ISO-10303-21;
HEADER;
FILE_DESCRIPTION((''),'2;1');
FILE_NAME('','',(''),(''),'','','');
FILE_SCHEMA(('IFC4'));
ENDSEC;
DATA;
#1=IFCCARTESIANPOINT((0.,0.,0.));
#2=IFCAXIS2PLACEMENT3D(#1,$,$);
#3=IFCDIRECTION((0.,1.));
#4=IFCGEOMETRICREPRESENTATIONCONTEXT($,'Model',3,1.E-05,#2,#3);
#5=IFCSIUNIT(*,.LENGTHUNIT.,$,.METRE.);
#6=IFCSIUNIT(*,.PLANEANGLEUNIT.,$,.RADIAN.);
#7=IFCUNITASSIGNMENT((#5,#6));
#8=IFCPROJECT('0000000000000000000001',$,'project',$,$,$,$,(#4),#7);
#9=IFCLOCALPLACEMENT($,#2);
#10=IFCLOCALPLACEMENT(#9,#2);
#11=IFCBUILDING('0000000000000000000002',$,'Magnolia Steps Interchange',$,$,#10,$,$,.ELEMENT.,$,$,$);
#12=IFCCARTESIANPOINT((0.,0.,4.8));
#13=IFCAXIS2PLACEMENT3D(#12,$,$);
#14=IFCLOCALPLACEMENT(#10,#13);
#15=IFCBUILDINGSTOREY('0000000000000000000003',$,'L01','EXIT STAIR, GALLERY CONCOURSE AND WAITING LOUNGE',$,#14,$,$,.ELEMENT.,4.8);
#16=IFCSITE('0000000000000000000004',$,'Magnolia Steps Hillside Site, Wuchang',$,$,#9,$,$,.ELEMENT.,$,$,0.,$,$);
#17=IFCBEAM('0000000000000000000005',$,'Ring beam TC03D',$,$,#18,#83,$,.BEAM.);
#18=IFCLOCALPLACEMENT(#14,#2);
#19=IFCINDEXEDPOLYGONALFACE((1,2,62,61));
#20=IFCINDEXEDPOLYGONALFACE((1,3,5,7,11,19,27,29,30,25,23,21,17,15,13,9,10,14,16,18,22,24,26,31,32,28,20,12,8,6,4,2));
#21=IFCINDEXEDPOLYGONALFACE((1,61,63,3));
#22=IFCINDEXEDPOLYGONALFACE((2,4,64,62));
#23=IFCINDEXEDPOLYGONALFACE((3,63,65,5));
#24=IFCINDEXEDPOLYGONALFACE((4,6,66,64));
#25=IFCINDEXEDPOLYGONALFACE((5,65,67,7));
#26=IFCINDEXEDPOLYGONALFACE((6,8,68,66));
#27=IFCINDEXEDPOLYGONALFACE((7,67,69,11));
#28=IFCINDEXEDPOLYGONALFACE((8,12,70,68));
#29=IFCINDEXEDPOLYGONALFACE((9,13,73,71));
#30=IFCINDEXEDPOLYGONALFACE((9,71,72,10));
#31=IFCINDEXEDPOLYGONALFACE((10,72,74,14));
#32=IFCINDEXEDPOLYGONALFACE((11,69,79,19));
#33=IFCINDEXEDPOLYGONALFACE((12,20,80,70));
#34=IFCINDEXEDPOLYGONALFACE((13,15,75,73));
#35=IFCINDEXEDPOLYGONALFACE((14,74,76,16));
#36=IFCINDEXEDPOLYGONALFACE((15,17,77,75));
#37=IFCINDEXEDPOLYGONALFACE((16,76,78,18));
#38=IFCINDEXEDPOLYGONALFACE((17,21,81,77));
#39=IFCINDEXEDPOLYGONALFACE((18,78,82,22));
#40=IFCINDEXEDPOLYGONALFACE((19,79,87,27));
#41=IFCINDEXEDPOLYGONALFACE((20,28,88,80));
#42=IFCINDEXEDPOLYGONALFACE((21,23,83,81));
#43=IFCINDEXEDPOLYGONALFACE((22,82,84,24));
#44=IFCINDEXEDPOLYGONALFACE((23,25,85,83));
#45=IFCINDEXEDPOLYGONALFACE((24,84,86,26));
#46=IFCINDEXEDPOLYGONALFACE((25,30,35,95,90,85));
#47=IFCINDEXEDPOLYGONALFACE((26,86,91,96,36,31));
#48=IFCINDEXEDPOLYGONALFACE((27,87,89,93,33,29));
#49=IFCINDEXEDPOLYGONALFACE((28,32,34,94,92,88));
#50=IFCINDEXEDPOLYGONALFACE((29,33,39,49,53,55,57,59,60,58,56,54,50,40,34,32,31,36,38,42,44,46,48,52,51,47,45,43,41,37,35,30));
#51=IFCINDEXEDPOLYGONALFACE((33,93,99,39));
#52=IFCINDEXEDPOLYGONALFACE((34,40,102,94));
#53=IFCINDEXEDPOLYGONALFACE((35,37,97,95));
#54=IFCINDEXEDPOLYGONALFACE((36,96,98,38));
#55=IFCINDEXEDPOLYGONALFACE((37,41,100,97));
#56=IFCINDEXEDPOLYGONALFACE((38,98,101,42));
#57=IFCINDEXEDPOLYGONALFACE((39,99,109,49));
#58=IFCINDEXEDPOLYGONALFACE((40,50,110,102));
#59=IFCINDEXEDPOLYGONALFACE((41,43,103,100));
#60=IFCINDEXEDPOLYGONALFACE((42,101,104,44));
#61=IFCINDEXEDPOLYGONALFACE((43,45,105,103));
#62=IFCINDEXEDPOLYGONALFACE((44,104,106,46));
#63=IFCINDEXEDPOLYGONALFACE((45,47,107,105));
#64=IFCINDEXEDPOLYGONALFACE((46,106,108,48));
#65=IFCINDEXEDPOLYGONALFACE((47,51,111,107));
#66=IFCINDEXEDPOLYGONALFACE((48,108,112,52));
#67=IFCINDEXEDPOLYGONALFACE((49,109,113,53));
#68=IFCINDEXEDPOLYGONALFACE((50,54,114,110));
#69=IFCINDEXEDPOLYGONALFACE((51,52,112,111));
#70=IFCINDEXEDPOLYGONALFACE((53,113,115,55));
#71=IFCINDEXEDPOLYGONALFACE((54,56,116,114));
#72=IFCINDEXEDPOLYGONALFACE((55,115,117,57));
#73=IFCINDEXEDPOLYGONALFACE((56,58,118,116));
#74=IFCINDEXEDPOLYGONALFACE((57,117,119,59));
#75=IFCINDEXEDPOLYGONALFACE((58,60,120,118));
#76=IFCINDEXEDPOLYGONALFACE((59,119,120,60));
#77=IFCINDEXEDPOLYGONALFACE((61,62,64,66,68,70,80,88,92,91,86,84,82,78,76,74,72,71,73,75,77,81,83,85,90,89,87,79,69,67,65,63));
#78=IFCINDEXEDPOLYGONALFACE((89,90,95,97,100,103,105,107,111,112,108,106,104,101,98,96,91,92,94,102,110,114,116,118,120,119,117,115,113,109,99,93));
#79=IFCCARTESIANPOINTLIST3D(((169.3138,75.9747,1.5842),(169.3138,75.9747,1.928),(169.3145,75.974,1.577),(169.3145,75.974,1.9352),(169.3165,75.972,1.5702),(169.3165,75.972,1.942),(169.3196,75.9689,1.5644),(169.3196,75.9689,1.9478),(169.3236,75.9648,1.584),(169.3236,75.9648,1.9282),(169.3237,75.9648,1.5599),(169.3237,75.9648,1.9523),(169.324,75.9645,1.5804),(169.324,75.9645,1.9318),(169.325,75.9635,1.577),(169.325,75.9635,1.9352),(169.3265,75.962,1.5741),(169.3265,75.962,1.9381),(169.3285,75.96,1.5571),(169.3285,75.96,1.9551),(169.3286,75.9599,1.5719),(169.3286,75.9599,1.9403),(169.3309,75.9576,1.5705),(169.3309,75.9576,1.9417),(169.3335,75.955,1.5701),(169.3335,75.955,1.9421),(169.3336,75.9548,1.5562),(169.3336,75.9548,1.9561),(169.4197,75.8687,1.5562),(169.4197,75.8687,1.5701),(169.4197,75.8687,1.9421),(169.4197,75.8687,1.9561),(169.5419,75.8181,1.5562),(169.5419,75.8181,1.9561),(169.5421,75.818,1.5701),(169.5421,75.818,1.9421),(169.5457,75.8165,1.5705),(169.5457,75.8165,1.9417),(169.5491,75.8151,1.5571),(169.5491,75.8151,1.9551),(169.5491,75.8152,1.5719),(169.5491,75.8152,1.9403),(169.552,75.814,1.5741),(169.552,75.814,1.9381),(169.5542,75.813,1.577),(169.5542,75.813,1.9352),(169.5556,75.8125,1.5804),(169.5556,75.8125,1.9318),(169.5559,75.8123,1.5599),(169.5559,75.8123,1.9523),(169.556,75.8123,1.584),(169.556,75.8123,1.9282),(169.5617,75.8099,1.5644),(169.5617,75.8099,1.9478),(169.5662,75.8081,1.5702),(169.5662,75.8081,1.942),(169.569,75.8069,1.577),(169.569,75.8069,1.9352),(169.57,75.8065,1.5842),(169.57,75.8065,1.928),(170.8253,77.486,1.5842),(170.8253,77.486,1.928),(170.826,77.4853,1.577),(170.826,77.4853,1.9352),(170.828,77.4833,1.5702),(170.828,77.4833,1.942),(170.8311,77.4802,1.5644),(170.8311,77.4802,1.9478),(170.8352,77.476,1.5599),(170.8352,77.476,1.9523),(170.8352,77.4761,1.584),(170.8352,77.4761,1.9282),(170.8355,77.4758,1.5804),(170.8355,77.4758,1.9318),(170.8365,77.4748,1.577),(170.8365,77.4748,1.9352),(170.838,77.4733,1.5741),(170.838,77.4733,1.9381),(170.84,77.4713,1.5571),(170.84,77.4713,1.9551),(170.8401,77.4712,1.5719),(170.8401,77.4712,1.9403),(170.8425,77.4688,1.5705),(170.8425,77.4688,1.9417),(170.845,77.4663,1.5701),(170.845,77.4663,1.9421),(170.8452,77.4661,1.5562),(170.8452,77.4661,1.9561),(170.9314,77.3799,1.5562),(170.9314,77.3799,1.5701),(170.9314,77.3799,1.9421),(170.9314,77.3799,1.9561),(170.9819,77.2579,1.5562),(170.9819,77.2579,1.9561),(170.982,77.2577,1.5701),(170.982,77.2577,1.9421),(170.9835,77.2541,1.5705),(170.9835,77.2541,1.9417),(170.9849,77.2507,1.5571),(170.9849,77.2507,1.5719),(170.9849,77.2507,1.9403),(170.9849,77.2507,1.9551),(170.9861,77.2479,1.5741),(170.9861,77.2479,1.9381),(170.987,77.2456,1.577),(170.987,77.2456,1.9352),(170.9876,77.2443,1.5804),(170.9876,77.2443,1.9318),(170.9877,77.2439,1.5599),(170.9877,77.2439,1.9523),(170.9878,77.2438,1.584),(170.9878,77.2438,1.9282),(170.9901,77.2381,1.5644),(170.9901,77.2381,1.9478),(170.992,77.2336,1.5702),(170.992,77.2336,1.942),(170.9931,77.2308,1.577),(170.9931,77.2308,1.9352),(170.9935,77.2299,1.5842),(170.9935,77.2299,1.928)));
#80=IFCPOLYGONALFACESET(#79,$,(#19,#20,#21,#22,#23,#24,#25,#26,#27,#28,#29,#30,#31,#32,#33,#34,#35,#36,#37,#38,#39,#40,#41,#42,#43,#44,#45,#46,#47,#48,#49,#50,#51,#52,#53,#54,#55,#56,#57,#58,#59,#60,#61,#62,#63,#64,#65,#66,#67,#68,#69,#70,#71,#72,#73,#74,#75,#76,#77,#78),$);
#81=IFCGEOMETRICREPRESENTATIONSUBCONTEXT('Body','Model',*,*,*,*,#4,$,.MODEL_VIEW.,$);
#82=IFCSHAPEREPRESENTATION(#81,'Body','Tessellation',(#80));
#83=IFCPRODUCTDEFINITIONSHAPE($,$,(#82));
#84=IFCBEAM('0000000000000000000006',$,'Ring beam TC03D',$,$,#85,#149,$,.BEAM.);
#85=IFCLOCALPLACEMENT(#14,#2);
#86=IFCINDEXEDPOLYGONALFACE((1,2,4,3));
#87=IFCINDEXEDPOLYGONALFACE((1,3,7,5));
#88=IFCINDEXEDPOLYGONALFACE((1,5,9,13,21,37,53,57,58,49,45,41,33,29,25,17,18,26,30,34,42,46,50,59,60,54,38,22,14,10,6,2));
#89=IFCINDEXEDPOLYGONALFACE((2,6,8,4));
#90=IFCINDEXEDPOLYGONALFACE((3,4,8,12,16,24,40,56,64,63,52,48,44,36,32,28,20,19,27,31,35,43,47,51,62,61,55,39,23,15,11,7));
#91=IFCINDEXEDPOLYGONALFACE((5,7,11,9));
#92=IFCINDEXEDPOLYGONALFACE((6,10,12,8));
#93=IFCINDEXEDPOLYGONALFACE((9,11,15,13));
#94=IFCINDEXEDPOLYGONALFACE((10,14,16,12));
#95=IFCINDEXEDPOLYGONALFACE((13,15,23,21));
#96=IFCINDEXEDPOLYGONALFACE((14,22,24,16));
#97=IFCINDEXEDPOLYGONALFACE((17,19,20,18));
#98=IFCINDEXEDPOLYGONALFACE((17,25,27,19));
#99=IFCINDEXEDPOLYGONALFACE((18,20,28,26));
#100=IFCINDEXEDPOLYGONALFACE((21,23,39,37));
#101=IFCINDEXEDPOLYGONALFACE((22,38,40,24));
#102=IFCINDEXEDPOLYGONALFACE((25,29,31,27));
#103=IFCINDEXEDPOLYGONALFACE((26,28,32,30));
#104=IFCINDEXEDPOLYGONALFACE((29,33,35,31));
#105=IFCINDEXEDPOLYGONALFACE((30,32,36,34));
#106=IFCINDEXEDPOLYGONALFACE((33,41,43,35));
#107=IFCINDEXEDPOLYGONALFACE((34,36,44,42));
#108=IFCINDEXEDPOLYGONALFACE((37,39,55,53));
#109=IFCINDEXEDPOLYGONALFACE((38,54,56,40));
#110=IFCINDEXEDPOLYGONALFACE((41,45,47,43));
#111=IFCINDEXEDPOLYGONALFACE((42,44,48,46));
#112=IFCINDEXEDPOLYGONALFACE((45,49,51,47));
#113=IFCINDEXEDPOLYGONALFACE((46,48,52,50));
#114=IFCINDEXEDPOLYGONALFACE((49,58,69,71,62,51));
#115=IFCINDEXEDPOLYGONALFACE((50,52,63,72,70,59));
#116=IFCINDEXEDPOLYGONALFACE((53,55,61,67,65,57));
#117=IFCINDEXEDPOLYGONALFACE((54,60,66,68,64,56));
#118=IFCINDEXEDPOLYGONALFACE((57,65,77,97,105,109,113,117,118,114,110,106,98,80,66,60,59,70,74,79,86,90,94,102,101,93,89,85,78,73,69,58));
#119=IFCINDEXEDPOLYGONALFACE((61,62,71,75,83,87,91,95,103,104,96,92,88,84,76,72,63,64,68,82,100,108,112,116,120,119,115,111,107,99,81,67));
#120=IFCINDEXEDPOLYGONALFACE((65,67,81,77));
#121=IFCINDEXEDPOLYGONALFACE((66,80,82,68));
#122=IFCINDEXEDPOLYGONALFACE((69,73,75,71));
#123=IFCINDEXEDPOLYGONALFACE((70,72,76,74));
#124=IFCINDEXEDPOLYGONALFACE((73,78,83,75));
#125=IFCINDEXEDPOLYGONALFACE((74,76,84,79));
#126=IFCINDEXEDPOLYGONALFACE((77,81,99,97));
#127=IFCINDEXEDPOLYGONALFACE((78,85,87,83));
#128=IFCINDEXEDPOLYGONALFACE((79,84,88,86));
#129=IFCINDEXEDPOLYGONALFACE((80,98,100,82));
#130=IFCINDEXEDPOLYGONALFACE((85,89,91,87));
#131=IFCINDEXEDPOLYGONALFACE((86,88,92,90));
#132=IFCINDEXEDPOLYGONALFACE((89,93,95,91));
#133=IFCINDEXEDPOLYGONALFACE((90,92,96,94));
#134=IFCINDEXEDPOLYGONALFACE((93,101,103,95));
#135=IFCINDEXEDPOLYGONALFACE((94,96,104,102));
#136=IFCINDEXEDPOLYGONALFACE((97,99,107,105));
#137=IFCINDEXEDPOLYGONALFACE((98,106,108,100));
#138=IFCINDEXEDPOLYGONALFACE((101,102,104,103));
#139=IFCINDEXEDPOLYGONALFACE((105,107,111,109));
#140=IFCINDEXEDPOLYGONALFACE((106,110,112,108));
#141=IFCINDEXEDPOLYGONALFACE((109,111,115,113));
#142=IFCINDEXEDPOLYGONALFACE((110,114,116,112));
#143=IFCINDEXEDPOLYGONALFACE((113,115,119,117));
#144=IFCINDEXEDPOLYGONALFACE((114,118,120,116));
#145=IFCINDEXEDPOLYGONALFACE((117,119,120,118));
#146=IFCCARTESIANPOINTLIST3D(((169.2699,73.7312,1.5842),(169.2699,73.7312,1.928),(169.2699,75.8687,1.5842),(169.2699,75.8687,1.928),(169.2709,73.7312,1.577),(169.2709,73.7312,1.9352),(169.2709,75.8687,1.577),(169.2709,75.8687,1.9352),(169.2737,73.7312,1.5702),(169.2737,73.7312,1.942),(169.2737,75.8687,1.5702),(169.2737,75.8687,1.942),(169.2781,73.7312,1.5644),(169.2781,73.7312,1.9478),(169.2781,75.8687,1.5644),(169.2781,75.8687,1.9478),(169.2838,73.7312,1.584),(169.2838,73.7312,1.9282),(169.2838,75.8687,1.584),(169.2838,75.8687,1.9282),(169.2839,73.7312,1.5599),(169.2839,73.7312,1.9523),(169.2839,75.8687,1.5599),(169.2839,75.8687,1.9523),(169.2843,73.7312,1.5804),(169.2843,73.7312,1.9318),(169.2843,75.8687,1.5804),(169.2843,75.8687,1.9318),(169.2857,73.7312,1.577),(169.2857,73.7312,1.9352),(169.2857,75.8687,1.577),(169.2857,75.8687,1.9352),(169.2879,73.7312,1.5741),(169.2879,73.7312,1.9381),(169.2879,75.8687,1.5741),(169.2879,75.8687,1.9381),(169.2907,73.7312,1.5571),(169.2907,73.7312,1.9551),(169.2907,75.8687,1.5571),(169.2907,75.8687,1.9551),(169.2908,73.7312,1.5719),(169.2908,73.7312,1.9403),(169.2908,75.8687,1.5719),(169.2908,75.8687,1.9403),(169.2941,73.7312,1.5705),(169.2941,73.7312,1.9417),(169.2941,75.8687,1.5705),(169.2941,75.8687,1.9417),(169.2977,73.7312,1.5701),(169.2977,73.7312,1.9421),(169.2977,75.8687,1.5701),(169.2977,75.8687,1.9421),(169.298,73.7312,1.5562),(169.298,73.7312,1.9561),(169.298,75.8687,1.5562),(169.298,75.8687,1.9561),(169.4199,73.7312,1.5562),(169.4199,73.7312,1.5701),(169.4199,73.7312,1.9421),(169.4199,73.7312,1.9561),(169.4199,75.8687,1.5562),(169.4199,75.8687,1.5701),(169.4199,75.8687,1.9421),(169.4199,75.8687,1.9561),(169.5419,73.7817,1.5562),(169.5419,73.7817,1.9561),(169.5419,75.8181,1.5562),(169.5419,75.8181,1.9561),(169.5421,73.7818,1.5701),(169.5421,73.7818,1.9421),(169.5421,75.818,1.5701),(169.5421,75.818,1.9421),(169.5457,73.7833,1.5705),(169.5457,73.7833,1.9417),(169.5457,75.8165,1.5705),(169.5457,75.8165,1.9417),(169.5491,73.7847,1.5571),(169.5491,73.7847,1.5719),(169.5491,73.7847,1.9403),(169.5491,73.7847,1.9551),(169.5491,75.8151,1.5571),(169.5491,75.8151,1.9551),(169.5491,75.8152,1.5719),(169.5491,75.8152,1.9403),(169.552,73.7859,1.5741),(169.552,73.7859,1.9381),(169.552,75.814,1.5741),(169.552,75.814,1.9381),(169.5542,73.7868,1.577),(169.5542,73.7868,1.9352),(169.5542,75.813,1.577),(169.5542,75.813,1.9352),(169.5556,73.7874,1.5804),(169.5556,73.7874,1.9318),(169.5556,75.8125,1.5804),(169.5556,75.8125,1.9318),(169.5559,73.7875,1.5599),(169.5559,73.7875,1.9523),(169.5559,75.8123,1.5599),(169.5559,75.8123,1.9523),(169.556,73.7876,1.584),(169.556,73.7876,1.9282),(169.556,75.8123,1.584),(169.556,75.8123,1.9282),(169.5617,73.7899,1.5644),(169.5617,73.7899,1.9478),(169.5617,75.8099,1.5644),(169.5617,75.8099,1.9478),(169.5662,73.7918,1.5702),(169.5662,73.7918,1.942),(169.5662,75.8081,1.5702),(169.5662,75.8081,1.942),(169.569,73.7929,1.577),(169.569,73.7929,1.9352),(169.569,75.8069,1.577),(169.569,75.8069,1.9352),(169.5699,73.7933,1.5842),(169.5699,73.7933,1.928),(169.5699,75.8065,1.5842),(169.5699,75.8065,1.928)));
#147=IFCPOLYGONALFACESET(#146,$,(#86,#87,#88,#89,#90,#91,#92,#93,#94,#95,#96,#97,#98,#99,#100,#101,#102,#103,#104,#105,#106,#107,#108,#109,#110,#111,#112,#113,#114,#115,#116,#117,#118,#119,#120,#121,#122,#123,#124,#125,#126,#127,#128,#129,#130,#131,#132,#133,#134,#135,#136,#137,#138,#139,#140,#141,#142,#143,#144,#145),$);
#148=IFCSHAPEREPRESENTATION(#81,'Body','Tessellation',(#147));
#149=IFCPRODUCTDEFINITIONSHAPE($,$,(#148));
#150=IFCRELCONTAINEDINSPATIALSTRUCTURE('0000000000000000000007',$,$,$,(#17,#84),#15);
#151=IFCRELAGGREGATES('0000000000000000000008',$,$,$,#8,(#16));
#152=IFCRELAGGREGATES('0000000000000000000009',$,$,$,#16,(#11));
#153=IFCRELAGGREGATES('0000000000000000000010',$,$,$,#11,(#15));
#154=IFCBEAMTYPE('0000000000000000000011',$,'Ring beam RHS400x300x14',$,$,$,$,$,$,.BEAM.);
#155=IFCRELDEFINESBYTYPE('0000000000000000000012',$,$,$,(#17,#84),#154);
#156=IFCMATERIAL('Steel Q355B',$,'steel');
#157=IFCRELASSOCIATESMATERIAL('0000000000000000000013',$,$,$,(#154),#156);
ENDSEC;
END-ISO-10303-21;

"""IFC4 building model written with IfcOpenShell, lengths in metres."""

from ifc_helpers import new_model, si_unit, direction, frame, origin, origin_2d, place, context, subcontext, project, spatial, hollow_rectangle, extrude, clip, halfspace, material, material_profile, profile_set, type_object, element, save


model = new_model("IFC4")

# Units and contexts
model_context = context("Model", 3, precision=1e-05, world=origin(), true_north=direction((0.0, 1.0)))
body_context = subcontext(model_context, "Body", "Model", "MODEL_VIEW")
ifc_project = project(units=[si_unit("LENGTHUNIT", "METRE"), si_unit("PLANEANGLEUNIT", "RADIAN")], contexts=[model_context])

# Site, building, storey
site_placement = place(None, origin())
site = spatial("IfcSite", under=ifc_project, at=site_placement, Name="Magnolia Steps Hillside Site, Wuchang", CompositionType="ELEMENT", RefElevation=0.0)
building_placement = place(site_placement, origin())
building = spatial("IfcBuilding", under=site, at=building_placement, Name="Magnolia Steps Interchange", CompositionType="ELEMENT")
storey_placement = place(building_placement, frame((0.0, 0.0, 4.8)))
storey = spatial("IfcBuildingStorey", under=building, at=storey_placement, Name="L01", Description="EXIT STAIR, GALLERY CONCOURSE AND WAITING LOUNGE", CompositionType="ELEMENT", Elevation=4.8)

# Beams
ifc_material_1 = material(Name="Steel Q355B", Category="steel")
ifc_material_profile_1 = material_profile(ifc_material_1, hollow_rectangle(XDim=0.3, YDim=0.3999, WallThickness=0.0139, InnerFilletRadius=0.0139, OuterFilletRadius=0.0281, at=origin_2d()), Name="RHS400x300x14")
ifc_profile_set_1 = profile_set([ifc_material_profile_1], Name="Steel Q355B")
beam_type_1 = type_object("IfcBeamType", Name="Ring beam RHS400x300x14", PredefinedType="BEAM", material=ifc_profile_set_1)
beam_1_placement = place(storey_placement, frame((170.9314, 77.3799, 1.7561), z_axis=(-0.707164, -0.70705, 0.0), x_axis=(0.70705, -0.707164, 0.0)))
element("IfcBeam", 1, at=beam_1_placement, inside=storey, type_object=beam_type_1, Name="Ring beam TC03D", PredefinedType="BEAM", context=body_context, shape_type="Clipping", body=[
    clip(clip(extrude(hollow_rectangle(XDim=0.3, YDim=0.3999, WallThickness=0.0139, InnerFilletRadius=0.0139, OuterFilletRadius=0.0281, at=origin_2d()), origin(), (0.0, 0.0, 1.0), 2.1375), halfspace(frame((0.0, 0.0, 0.0), z_axis=(0.382609, 0.0, -0.92391), x_axis=(0.92391, 0.0, 0.382609)), False)), halfspace(frame((0.0, 0.0, 2.1374), z_axis=(0.382758, 0.0, 0.923849), x_axis=(0.923849, 0.0, -0.382758)), False)),
])
beam_2_placement = place(storey_placement, frame((169.4199, 75.8687, 1.7561), z_axis=(0.0, -1.0, 0.0), x_axis=(1.0, 0.0, 0.0)))
element("IfcBeam", 2, at=beam_2_placement, inside=storey, type_object=beam_type_1, Name="Ring beam TC03D", PredefinedType="BEAM", context=body_context, shape_type="Clipping", body=[
    clip(clip(extrude(hollow_rectangle(XDim=0.3, YDim=0.3999, WallThickness=0.0139, InnerFilletRadius=0.0139, OuterFilletRadius=0.0281, at=origin_2d()), origin(), (0.0, 0.0, 1.0), 2.1375), halfspace(frame((0.0, 0.0, 0.0), z_axis=(0.382683, 0.0, -0.92388), x_axis=(0.92388, 0.0, 0.382683)), False)), halfspace(frame((0.0, 0.0, 2.1375), z_axis=(0.382683, 0.0, 0.92388), x_axis=(0.92388, 0.0, -0.382683)), False)),
])

save(model, "model.ifc")
